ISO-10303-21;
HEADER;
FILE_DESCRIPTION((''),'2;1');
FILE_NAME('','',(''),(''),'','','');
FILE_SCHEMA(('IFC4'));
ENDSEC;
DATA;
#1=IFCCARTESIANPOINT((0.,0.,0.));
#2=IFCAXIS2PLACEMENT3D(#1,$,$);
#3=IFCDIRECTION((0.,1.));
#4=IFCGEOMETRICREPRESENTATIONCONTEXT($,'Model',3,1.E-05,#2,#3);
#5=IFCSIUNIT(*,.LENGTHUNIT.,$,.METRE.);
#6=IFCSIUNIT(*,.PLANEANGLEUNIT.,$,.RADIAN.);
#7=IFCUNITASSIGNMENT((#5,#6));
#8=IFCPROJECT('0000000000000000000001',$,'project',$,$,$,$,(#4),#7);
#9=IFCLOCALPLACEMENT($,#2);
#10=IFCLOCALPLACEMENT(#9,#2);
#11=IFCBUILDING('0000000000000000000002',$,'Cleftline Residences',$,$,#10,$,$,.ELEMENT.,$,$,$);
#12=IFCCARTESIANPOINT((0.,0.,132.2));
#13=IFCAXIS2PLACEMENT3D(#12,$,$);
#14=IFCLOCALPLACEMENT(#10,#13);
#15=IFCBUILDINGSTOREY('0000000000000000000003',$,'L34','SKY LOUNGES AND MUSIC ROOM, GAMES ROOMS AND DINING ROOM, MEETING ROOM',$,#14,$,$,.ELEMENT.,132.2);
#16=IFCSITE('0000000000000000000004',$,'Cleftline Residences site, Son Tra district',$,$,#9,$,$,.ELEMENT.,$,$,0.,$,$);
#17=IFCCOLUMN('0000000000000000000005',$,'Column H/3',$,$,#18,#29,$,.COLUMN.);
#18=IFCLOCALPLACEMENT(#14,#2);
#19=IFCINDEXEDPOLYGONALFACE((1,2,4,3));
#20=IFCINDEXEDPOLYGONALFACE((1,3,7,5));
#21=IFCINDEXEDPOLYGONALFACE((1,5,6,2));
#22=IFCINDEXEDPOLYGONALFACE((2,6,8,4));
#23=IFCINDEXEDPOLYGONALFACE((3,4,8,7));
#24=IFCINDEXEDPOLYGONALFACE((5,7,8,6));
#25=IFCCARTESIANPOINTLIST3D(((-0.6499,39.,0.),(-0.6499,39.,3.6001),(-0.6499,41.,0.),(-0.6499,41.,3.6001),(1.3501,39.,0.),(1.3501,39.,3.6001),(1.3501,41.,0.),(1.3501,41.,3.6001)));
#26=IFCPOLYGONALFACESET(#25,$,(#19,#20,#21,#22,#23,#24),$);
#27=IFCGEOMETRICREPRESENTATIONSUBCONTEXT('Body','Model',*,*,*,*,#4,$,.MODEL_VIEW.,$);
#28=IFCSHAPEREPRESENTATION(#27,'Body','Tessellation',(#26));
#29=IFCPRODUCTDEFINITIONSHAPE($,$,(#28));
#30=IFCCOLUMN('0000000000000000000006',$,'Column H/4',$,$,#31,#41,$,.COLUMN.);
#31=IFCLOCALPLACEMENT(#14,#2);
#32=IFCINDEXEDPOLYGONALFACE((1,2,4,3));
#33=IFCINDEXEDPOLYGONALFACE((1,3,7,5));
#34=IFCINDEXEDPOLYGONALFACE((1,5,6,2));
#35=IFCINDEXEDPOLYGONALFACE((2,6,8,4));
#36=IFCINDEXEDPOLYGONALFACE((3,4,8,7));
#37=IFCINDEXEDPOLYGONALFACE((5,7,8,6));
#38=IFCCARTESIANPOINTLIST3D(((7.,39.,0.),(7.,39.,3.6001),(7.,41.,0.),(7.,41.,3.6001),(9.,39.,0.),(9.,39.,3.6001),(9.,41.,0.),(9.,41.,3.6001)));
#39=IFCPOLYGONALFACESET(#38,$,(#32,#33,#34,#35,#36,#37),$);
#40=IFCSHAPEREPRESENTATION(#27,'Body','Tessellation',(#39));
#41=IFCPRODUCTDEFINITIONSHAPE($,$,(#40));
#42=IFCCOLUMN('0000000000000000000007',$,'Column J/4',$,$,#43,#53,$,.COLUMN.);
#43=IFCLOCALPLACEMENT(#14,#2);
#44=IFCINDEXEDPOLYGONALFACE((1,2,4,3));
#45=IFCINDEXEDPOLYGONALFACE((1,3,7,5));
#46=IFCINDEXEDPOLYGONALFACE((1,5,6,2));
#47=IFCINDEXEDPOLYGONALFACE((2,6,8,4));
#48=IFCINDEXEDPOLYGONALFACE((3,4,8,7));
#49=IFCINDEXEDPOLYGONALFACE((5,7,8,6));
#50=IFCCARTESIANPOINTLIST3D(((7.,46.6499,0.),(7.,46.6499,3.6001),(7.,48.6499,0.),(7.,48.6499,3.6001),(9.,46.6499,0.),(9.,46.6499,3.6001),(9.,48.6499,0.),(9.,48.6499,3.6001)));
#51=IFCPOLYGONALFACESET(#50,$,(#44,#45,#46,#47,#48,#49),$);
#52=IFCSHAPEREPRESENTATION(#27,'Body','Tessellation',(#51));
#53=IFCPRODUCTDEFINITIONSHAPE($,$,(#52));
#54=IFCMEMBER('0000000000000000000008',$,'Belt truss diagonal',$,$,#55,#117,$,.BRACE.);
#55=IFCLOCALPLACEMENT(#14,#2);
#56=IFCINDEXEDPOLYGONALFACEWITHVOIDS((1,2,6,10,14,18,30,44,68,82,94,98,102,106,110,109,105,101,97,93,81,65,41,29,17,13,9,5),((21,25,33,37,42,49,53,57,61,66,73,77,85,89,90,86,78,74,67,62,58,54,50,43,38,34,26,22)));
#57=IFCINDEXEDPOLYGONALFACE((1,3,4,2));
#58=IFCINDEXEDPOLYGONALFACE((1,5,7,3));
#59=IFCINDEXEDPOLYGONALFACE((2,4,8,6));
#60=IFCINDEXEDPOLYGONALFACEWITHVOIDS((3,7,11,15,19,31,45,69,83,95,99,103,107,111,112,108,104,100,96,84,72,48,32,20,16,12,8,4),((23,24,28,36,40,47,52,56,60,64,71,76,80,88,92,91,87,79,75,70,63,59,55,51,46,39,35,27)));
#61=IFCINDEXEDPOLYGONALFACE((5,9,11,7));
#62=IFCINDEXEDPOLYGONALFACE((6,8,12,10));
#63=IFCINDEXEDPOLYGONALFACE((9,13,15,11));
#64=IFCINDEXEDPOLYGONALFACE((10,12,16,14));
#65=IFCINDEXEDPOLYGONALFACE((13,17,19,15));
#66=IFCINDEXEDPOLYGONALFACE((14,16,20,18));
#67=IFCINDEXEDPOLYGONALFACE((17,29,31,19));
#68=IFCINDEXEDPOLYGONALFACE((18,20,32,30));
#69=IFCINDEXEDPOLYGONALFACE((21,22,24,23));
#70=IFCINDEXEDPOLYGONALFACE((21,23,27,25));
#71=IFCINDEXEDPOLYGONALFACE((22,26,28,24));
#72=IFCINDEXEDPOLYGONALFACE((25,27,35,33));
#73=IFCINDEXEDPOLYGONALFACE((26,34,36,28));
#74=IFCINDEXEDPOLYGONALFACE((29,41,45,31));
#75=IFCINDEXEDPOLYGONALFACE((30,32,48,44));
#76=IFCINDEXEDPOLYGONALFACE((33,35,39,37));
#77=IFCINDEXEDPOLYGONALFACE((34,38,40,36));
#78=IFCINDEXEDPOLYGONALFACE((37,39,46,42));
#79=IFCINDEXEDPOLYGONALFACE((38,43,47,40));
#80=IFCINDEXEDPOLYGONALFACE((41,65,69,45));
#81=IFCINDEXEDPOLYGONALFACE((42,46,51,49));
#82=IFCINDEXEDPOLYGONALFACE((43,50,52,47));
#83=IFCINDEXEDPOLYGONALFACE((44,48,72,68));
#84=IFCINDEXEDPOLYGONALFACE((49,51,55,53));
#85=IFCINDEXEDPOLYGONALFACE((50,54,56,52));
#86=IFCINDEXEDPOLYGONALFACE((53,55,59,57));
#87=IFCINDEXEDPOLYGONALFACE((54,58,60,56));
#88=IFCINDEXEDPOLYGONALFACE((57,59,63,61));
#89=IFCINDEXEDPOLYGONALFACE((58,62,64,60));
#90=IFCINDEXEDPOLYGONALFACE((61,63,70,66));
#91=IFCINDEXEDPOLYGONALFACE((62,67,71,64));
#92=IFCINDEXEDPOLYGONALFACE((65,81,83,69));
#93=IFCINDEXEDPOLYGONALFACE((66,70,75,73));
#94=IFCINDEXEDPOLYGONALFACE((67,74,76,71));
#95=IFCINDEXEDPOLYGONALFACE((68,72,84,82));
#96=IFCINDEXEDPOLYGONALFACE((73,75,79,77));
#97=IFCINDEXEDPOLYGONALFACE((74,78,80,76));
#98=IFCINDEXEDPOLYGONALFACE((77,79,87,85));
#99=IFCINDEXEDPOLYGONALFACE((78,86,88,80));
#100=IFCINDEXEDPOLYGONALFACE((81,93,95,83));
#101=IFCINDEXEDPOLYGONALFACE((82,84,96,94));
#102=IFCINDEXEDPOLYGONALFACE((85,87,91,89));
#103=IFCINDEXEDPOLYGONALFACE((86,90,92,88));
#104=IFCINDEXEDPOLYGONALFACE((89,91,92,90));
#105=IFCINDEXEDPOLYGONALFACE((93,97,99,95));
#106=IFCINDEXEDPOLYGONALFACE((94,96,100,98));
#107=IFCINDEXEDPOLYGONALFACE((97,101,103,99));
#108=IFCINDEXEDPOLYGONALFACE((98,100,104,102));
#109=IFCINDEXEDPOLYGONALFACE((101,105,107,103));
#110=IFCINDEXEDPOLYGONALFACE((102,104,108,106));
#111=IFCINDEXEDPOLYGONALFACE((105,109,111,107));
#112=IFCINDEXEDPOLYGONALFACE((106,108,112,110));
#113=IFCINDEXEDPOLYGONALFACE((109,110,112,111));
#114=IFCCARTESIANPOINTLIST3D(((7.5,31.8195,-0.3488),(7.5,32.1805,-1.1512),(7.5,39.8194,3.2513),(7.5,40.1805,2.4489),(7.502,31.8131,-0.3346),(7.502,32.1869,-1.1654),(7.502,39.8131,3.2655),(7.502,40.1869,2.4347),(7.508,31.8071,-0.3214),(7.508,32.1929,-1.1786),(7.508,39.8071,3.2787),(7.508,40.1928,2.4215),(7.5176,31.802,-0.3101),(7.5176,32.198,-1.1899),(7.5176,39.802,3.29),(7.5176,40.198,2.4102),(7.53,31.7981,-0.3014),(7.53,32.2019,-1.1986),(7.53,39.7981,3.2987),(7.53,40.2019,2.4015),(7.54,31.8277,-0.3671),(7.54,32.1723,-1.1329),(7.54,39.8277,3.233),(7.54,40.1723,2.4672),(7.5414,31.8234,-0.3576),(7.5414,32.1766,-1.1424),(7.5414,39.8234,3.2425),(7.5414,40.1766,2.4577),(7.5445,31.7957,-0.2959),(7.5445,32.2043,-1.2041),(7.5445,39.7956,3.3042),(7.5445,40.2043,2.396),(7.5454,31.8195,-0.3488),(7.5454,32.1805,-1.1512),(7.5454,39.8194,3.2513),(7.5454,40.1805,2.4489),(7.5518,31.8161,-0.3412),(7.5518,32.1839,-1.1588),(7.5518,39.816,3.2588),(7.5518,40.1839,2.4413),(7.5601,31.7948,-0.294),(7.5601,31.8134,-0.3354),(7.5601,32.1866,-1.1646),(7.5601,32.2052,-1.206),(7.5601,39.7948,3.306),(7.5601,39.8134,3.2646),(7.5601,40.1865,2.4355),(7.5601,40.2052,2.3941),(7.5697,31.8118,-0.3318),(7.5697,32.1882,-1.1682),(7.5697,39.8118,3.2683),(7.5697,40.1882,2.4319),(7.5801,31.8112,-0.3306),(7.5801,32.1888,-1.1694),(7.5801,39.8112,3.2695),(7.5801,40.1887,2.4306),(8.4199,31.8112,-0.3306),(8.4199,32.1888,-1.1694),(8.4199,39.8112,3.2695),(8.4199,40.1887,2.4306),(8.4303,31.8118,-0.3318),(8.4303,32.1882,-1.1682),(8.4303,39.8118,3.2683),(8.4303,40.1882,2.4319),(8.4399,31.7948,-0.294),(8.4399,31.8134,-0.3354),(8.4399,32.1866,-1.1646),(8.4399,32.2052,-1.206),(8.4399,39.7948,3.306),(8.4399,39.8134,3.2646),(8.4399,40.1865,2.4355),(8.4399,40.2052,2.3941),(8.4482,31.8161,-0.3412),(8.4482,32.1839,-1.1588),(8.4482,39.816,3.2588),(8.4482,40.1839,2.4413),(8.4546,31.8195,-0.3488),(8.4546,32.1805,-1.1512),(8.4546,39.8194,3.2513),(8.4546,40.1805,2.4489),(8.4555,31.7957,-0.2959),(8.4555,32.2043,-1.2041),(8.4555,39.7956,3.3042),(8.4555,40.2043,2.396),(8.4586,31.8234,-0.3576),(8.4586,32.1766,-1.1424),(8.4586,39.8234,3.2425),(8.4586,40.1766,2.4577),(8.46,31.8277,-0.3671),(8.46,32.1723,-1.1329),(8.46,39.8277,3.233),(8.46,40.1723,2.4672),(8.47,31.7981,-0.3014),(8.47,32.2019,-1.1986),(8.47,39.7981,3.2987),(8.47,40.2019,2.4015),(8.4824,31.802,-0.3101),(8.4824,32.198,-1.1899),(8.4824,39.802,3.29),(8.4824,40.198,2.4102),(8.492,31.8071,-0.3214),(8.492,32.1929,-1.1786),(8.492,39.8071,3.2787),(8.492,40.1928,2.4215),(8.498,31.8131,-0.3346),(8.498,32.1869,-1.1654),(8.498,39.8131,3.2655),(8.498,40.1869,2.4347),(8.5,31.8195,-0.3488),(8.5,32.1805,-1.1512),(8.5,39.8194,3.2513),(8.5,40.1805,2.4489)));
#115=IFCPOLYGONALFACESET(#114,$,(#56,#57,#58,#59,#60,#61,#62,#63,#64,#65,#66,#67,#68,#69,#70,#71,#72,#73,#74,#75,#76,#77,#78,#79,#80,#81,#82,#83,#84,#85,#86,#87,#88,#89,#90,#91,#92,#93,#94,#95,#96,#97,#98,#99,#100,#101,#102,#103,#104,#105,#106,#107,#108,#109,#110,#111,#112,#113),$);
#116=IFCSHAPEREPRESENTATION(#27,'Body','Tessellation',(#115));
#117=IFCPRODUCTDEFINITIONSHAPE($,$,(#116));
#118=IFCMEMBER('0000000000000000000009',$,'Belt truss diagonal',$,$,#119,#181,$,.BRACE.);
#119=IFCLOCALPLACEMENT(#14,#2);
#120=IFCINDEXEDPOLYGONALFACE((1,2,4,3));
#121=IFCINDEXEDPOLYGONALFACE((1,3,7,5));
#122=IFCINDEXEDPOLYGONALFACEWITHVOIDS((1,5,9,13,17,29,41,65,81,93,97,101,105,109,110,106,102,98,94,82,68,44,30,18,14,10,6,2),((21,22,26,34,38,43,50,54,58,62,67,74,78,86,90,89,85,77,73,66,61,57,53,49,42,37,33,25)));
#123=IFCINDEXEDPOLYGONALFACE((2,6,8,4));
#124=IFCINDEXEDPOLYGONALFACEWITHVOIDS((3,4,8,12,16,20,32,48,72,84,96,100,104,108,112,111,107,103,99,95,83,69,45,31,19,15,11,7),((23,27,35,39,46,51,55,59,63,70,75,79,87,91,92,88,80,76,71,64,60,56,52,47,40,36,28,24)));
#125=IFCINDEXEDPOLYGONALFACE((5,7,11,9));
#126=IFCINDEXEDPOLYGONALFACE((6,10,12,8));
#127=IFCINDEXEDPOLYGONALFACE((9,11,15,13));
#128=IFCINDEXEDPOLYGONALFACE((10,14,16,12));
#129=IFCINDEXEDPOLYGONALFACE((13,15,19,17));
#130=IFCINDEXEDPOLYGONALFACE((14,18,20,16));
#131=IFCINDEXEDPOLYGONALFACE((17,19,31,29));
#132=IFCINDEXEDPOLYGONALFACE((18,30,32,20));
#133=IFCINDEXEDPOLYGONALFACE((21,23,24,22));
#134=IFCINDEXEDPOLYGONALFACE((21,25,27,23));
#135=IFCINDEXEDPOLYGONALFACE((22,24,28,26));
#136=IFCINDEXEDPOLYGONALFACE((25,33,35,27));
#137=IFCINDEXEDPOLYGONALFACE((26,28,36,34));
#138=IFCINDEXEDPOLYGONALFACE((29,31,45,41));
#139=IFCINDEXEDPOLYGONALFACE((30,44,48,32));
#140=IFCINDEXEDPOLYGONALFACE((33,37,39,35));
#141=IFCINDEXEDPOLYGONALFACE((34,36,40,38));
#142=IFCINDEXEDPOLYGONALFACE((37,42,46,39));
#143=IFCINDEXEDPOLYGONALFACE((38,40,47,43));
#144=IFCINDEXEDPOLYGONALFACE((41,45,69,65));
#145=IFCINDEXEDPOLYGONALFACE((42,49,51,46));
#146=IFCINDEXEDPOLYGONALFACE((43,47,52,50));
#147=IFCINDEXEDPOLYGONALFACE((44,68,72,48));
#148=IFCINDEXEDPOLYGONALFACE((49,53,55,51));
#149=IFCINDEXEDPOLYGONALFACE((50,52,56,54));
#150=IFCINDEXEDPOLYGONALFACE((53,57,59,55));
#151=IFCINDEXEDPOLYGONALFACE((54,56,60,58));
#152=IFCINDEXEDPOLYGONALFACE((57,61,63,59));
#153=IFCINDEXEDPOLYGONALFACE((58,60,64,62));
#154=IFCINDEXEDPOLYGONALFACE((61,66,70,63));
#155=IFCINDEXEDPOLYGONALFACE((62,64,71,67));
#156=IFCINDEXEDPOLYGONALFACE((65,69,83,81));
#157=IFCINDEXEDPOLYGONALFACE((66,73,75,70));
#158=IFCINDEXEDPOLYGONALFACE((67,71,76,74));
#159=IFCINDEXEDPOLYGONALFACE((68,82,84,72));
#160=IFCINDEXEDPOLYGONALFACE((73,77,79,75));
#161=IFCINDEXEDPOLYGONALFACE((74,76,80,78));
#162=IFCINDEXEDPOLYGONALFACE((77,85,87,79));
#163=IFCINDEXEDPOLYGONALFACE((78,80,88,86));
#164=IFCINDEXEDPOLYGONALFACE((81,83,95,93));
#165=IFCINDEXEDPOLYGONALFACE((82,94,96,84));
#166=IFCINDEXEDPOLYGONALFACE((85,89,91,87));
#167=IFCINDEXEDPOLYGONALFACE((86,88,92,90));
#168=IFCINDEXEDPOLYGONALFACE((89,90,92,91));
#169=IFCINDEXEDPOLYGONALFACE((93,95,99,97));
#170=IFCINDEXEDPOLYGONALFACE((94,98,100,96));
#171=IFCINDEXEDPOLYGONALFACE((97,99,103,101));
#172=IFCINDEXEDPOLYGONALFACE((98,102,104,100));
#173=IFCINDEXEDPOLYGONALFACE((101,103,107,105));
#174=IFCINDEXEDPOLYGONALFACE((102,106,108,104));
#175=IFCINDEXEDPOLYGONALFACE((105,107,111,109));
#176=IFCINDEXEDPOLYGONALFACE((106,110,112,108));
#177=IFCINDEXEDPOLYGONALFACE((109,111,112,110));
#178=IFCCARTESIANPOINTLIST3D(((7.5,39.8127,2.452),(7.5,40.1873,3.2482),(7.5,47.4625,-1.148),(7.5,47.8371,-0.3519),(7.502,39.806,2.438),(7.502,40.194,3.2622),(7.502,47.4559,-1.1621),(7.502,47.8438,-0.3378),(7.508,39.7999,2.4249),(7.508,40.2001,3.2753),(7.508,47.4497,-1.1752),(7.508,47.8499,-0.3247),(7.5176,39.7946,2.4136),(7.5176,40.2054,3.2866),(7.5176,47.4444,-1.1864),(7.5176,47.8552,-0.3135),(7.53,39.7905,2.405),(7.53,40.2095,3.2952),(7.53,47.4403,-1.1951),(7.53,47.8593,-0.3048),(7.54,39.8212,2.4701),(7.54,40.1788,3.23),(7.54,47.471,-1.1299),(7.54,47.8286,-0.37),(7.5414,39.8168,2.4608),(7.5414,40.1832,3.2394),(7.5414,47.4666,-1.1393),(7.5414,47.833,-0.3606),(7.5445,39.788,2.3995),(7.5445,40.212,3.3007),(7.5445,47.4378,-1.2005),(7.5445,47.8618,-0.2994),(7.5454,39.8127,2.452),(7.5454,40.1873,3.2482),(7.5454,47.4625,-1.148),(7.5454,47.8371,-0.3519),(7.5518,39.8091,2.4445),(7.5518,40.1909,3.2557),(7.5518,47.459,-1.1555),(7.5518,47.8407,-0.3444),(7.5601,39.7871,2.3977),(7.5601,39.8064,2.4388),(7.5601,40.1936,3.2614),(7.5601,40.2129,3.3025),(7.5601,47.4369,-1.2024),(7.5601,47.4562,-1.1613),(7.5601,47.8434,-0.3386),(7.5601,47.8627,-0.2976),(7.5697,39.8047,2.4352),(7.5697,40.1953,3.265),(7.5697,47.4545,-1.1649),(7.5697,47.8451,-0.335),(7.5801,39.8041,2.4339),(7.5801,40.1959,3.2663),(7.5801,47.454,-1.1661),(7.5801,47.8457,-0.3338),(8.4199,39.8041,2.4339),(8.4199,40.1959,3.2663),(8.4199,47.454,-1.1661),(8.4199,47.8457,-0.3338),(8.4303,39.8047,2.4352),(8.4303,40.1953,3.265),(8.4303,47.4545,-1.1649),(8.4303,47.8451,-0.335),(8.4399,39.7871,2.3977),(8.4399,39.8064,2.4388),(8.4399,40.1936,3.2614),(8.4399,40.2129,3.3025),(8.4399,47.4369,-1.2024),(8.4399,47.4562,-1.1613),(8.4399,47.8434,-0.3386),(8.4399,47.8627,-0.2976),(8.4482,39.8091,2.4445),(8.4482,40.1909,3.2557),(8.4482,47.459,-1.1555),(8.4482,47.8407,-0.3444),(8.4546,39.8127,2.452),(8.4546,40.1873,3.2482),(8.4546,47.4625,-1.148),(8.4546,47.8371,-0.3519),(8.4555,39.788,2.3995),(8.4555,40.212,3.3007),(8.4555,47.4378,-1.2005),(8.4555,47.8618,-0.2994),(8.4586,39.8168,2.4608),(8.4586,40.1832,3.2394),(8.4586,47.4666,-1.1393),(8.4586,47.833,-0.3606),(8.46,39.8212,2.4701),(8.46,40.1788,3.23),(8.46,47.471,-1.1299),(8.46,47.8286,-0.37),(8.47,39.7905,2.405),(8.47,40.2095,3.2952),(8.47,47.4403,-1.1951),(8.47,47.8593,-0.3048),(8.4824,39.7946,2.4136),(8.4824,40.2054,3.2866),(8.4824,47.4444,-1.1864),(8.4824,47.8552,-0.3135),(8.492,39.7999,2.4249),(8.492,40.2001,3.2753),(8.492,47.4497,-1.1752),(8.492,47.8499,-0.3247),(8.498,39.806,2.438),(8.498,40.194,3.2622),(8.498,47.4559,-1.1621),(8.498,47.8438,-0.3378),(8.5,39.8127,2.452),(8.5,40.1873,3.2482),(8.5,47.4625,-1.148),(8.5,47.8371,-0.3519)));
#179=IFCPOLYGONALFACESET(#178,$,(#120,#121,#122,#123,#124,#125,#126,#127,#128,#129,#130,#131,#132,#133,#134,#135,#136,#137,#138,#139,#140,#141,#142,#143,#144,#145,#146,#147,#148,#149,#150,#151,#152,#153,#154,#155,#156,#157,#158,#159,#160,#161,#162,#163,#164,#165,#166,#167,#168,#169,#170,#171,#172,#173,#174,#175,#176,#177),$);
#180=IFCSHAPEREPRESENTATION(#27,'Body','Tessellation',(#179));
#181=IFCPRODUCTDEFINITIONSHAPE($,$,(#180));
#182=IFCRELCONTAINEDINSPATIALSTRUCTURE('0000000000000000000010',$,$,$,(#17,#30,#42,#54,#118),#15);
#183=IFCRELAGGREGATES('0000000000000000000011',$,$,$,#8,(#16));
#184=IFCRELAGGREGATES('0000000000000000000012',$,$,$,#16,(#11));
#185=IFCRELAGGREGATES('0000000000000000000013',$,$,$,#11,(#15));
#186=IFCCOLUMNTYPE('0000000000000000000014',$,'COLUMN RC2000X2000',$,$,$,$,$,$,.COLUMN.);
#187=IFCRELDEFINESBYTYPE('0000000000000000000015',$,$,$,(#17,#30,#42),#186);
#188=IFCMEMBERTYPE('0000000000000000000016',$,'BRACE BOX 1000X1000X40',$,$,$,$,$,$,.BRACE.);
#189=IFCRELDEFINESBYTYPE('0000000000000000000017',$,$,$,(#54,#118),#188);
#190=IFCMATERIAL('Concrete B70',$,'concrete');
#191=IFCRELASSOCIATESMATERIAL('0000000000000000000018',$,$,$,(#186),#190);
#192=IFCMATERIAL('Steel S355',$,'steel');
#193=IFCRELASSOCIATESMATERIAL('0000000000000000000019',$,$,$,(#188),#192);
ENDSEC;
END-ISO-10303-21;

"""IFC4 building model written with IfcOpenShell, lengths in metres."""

from ifc_helpers import new_model, si_unit, direction, frame, origin, origin_2d, place, context, subcontext, project, spatial, rectangle, hollow_rectangle, extrude, material, material_profile, profile_set, type_object, element, save


model = new_model("IFC4")

# Units and contexts
model_context = context("Model", 3, precision=1e-05, world=origin(), true_north=direction((0.0, 1.0)))
body_context = subcontext(model_context, "Body", "Model", "MODEL_VIEW")
ifc_project = project(units=[si_unit("LENGTHUNIT", "METRE"), si_unit("PLANEANGLEUNIT", "RADIAN")], contexts=[model_context])

# Site, building, storey
site_placement = place(None, origin())
site = spatial("IfcSite", under=ifc_project, at=site_placement, Name="Cleftline Residences site, Son Tra district", CompositionType="ELEMENT", RefElevation=0.0)
building_placement = place(site_placement, origin())
building = spatial("IfcBuilding", under=site, at=building_placement, Name="Cleftline Residences", CompositionType="ELEMENT")
storey_placement = place(building_placement, frame((0.0, 0.0, 132.2)))
storey = spatial("IfcBuildingStorey", under=building, at=storey_placement, Name="L34", Description="SKY LOUNGES AND MUSIC ROOM, GAMES ROOMS AND DINING ROOM, MEETING ROOM", CompositionType="ELEMENT", Elevation=132.2)

# Columns
ifc_material_1 = material(Name="Concrete B70", Category="concrete")
ifc_material_profile_1 = material_profile(ifc_material_1, rectangle(XDim=2.0, YDim=2.0, at=origin_2d()))
ifc_profile_set_1 = profile_set([ifc_material_profile_1], Name="Concrete B70")
column_type = type_object("IfcColumnType", Name="COLUMN RC2000X2000", PredefinedType="COLUMN", material=ifc_profile_set_1)
for number, where, z_axis, x_axis, name in (
    (1, (0.3501, 40.0, 0.0), (0.0, 0.0, 1.0), (1.0, 0.0, 0.0), "Column H/3"),
    (2, (8.0, 40.0, 0.0), (0.0, 0.0, 1.0), (1.0, 0.0, 0.0), "Column H/4"),
    (3, (8.0, 47.6499, 0.0), (0.0, 0.0, 1.0), (1.0, 0.0, 0.0), "Column J/4"),
):
    element("IfcColumn", number, at=place(storey_placement, frame(where, z_axis=z_axis, x_axis=x_axis)), inside=storey, type_object=column_type, Name=name, PredefinedType="COLUMN", context=body_context, shape_type="SweptSolid", body=[
        extrude(rectangle(XDim=2.0, YDim=2.0, at=origin_2d()), origin(), (0.0, 0.0, 1.0), 3.6001),
    ])

# Members
ifc_material_2 = material(Name="Steel S355", Category="steel")
ifc_material_profile_2 = material_profile(ifc_material_2, hollow_rectangle(XDim=1.0, YDim=1.0, WallThickness=0.04, InnerFilletRadius=0.04, OuterFilletRadius=0.0601, at=origin_2d()))
ifc_profile_set_2 = profile_set([ifc_material_profile_2], Name="Steel S355")
member_type_1 = type_object("IfcMemberType", Name="BRACE BOX 1000X1000X40", PredefinedType="BRACE", material=ifc_profile_set_2)
member_1_placement = place(storey_placement, frame((8.0, 32.0, -0.75), z_axis=(0.0, 0.911917, 0.410374), x_axis=(0.0, -0.410374, 0.911917)))
element("IfcMember", 4, at=member_1_placement, inside=storey, type_object=member_type_1, Name="Belt truss diagonal", PredefinedType="BRACE", context=body_context, shape_type="SweptSolid", body=[
    extrude(hollow_rectangle(XDim=1.0, YDim=1.0, WallThickness=0.04, InnerFilletRadius=0.04, OuterFilletRadius=0.0601, at=origin_2d()), origin(), (0.0, 0.0, 1.0), 8.7727),
])
member_2_placement = place(storey_placement, frame((8.0, 40.0, 2.8501), z_axis=(0.0, 0.904812, -0.425811), x_axis=(0.0, 0.425811, 0.904812)))
element("IfcMember", 5, at=member_2_placement, inside=storey, type_object=member_type_1, Name="Belt truss diagonal", PredefinedType="BRACE", context=body_context, shape_type="SweptSolid", body=[
    extrude(hollow_rectangle(XDim=1.0, YDim=1.0, WallThickness=0.04, InnerFilletRadius=0.04, OuterFilletRadius=0.0601, at=origin_2d()), origin(), (0.0, 0.0, 1.0), 8.4546),
])

save(model, "model.ifc")
